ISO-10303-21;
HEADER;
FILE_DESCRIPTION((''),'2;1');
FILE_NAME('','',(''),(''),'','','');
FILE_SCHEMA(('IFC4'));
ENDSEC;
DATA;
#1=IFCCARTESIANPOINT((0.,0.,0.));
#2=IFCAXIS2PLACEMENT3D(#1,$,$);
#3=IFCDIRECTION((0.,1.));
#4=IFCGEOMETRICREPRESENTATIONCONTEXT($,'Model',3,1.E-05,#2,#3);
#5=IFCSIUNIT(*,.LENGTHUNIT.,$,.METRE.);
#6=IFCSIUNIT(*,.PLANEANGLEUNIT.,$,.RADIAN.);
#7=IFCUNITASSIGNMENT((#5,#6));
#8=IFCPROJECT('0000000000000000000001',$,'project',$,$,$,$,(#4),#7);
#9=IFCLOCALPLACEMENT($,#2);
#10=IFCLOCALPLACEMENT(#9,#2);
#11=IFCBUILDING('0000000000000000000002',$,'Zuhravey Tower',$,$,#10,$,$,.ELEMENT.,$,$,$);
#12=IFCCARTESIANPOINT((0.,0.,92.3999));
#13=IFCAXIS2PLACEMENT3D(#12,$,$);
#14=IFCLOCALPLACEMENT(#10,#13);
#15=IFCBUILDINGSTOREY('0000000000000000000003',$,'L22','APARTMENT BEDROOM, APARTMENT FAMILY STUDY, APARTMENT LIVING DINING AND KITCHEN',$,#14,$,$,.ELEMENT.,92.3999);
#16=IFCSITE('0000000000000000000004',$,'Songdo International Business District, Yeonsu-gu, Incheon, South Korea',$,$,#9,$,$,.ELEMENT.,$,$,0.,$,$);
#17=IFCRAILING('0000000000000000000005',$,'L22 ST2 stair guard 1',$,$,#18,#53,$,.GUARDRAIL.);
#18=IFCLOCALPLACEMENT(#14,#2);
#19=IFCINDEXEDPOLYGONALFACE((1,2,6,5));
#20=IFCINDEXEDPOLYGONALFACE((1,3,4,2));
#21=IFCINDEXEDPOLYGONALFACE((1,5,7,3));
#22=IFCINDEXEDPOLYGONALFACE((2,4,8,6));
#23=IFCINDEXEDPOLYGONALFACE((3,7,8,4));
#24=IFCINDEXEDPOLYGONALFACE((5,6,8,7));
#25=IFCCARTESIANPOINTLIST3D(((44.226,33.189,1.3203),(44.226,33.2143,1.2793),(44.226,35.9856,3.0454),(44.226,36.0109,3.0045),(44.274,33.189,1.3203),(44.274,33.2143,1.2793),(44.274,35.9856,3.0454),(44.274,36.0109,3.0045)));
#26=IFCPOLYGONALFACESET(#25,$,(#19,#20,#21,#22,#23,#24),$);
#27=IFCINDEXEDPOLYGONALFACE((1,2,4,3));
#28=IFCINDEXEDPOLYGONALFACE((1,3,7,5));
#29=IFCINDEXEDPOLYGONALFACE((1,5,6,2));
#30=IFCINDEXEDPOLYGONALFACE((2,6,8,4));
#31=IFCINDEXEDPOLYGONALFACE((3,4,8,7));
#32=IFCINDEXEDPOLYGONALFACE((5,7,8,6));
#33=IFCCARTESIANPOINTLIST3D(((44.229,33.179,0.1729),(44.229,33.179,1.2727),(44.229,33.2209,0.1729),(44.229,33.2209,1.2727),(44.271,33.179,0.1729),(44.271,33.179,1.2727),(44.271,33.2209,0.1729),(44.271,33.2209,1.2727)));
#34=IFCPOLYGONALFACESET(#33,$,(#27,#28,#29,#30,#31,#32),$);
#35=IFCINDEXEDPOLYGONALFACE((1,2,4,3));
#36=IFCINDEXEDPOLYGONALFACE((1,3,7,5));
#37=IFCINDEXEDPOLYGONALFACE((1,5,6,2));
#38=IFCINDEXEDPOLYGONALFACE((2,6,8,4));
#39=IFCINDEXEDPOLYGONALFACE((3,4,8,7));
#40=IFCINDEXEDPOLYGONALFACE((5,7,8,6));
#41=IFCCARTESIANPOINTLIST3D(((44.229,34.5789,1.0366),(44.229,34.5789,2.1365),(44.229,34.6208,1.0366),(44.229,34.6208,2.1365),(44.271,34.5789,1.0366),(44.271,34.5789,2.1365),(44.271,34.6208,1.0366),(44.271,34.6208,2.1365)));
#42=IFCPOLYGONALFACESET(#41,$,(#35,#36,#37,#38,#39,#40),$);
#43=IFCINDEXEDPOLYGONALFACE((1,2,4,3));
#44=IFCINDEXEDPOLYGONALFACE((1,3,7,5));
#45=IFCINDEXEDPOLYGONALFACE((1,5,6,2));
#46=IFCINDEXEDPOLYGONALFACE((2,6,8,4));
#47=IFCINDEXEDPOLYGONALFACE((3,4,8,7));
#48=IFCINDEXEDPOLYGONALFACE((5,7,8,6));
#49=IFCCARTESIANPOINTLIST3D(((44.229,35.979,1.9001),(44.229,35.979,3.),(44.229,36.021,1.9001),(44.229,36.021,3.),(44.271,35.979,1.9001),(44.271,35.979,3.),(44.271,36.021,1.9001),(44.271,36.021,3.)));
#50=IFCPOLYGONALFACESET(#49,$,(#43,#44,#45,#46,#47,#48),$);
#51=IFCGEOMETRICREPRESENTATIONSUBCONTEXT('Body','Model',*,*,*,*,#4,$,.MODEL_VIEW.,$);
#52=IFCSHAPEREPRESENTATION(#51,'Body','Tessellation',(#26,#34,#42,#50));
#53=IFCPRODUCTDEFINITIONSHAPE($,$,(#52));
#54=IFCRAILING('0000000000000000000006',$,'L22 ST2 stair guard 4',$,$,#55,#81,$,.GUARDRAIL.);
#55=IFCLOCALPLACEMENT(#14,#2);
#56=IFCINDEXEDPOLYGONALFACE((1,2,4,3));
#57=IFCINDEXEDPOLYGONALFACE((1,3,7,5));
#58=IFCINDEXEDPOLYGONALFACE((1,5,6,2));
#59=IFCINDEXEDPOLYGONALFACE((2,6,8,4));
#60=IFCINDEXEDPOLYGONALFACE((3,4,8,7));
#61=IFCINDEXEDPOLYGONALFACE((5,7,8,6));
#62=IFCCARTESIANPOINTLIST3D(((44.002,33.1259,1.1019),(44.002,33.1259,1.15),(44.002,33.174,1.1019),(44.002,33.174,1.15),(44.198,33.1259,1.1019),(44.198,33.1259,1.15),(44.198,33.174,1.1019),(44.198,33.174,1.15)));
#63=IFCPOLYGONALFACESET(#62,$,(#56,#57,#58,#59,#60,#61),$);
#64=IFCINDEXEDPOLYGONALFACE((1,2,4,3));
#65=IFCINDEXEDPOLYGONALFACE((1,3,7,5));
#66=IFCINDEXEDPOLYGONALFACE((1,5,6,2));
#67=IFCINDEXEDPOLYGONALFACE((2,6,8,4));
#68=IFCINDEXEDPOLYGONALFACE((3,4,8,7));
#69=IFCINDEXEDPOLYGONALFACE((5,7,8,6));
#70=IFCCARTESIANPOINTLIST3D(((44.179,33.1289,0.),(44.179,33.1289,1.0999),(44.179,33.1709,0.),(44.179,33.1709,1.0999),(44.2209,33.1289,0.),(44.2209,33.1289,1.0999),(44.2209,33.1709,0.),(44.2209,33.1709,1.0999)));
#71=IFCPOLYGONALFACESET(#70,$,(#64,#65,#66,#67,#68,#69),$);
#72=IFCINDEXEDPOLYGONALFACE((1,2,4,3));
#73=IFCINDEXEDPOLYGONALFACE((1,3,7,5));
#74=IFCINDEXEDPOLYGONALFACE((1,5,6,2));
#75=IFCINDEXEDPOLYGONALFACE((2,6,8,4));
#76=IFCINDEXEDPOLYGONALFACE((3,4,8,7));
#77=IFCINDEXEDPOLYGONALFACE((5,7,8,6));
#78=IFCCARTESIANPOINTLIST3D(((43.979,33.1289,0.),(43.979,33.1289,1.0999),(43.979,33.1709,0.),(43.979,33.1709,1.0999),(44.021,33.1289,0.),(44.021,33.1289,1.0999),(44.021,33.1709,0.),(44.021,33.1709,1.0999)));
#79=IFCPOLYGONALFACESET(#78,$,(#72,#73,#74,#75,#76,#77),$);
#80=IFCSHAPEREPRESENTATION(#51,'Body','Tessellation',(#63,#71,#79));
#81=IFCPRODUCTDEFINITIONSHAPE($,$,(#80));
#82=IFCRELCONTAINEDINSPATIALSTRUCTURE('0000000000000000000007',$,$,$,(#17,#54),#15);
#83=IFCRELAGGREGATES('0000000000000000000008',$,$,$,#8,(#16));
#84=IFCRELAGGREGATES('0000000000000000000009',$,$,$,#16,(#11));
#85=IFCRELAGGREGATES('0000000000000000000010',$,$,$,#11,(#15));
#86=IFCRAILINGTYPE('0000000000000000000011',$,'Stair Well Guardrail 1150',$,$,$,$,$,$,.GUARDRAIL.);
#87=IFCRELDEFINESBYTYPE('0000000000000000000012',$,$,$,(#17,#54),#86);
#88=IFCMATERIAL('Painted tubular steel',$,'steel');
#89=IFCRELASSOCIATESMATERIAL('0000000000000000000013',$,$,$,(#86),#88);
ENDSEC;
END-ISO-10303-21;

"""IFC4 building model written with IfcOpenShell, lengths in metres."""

from ifc_helpers import new_model, si_unit, direction, frame, origin, origin_2d, place, context, subcontext, project, spatial, rectangle, extrude, material, type_object, element, save


model = new_model("IFC4")

# Units and contexts
model_context = context("Model", 3, precision=1e-05, world=origin(), true_north=direction((0.0, 1.0)))
body_context = subcontext(model_context, "Body", "Model", "MODEL_VIEW")
ifc_project = project(units=[si_unit("LENGTHUNIT", "METRE"), si_unit("PLANEANGLEUNIT", "RADIAN")], contexts=[model_context])

# Site, building, storey
site_placement = place(None, origin())
site = spatial("IfcSite", under=ifc_project, at=site_placement, Name="Songdo International Business District, Yeonsu-gu, Incheon, South Korea", CompositionType="ELEMENT", RefElevation=0.0)
building_placement = place(site_placement, origin())
building = spatial("IfcBuilding", under=site, at=building_placement, Name="Zuhravey Tower", CompositionType="ELEMENT")
storey_placement = place(building_placement, frame((0.0, 0.0, 92.3999)))
storey = spatial("IfcBuildingStorey", under=building, at=storey_placement, Name="L22", Description="APARTMENT BEDROOM, APARTMENT FAMILY STUDY, APARTMENT LIVING DINING AND KITCHEN", CompositionType="ELEMENT", Elevation=92.3999)

# Railings
ifc_material_1 = material(Name="Painted tubular steel", Category="steel")
railing_type_1 = type_object("IfcRailingType", Name="Stair Well Guardrail 1150", PredefinedType="GUARDRAIL", material=ifc_material_1)
railing_1_placement = place(storey_placement, frame((44.25, 33.2, 0.1729)))
element("IfcRailing", 1, at=railing_1_placement, inside=storey, type_object=railing_type_1, Name="L22 ST2 stair guard 1", PredefinedType="GUARDRAIL", context=body_context, shape_type="SweptSolid", body=[
    extrude(rectangle(XDim=0.0481, YDim=0.0481, at=origin_2d()), frame((0.0, 0.0017, 1.127), z_axis=(0.0, 0.85109, 0.52502), x_axis=(-1.0, 0.0, 0.0)), (0.0, 0.0, 1.0), 3.2859),
    extrude(rectangle(XDim=0.042, YDim=0.042, at=origin_2d()), origin(), (0.0, 0.0, 1.0), 1.0999),
    extrude(rectangle(XDim=0.042, YDim=0.042, at=origin_2d()), frame((0.0, 1.3999, 0.8638)), (0.0, 0.0, 1.0), 1.0999),
    extrude(rectangle(XDim=0.042, YDim=0.042, at=origin_2d()), frame((0.0, 2.8, 1.7273)), (0.0, 0.0, 1.0), 1.0999),
])
railing_2_placement = place(storey_placement, frame((44.2, 33.1499, 0.0)))
element("IfcRailing", 2, at=railing_2_placement, inside=storey, type_object=railing_type_1, Name="L22 ST2 stair guard 4", PredefinedType="GUARDRAIL", context=body_context, shape_type="SweptSolid", body=[
    extrude(rectangle(XDim=0.0481, YDim=0.0481, at=origin_2d()), frame((-0.002, 0.0, 1.126), z_axis=(-1.0, 0.0, 0.0), x_axis=(0.0, -1.0, 0.0)), (0.0, 0.0, 1.0), 0.196),
    extrude(rectangle(XDim=0.042, YDim=0.042, at=origin_2d()), origin(), (0.0, 0.0, 1.0), 1.0999),
    extrude(rectangle(XDim=0.042, YDim=0.042, at=origin_2d()), frame((-0.2, 0.0, 0.0)), (0.0, 0.0, 1.0), 1.0999),
])

save(model, "model.ifc")
